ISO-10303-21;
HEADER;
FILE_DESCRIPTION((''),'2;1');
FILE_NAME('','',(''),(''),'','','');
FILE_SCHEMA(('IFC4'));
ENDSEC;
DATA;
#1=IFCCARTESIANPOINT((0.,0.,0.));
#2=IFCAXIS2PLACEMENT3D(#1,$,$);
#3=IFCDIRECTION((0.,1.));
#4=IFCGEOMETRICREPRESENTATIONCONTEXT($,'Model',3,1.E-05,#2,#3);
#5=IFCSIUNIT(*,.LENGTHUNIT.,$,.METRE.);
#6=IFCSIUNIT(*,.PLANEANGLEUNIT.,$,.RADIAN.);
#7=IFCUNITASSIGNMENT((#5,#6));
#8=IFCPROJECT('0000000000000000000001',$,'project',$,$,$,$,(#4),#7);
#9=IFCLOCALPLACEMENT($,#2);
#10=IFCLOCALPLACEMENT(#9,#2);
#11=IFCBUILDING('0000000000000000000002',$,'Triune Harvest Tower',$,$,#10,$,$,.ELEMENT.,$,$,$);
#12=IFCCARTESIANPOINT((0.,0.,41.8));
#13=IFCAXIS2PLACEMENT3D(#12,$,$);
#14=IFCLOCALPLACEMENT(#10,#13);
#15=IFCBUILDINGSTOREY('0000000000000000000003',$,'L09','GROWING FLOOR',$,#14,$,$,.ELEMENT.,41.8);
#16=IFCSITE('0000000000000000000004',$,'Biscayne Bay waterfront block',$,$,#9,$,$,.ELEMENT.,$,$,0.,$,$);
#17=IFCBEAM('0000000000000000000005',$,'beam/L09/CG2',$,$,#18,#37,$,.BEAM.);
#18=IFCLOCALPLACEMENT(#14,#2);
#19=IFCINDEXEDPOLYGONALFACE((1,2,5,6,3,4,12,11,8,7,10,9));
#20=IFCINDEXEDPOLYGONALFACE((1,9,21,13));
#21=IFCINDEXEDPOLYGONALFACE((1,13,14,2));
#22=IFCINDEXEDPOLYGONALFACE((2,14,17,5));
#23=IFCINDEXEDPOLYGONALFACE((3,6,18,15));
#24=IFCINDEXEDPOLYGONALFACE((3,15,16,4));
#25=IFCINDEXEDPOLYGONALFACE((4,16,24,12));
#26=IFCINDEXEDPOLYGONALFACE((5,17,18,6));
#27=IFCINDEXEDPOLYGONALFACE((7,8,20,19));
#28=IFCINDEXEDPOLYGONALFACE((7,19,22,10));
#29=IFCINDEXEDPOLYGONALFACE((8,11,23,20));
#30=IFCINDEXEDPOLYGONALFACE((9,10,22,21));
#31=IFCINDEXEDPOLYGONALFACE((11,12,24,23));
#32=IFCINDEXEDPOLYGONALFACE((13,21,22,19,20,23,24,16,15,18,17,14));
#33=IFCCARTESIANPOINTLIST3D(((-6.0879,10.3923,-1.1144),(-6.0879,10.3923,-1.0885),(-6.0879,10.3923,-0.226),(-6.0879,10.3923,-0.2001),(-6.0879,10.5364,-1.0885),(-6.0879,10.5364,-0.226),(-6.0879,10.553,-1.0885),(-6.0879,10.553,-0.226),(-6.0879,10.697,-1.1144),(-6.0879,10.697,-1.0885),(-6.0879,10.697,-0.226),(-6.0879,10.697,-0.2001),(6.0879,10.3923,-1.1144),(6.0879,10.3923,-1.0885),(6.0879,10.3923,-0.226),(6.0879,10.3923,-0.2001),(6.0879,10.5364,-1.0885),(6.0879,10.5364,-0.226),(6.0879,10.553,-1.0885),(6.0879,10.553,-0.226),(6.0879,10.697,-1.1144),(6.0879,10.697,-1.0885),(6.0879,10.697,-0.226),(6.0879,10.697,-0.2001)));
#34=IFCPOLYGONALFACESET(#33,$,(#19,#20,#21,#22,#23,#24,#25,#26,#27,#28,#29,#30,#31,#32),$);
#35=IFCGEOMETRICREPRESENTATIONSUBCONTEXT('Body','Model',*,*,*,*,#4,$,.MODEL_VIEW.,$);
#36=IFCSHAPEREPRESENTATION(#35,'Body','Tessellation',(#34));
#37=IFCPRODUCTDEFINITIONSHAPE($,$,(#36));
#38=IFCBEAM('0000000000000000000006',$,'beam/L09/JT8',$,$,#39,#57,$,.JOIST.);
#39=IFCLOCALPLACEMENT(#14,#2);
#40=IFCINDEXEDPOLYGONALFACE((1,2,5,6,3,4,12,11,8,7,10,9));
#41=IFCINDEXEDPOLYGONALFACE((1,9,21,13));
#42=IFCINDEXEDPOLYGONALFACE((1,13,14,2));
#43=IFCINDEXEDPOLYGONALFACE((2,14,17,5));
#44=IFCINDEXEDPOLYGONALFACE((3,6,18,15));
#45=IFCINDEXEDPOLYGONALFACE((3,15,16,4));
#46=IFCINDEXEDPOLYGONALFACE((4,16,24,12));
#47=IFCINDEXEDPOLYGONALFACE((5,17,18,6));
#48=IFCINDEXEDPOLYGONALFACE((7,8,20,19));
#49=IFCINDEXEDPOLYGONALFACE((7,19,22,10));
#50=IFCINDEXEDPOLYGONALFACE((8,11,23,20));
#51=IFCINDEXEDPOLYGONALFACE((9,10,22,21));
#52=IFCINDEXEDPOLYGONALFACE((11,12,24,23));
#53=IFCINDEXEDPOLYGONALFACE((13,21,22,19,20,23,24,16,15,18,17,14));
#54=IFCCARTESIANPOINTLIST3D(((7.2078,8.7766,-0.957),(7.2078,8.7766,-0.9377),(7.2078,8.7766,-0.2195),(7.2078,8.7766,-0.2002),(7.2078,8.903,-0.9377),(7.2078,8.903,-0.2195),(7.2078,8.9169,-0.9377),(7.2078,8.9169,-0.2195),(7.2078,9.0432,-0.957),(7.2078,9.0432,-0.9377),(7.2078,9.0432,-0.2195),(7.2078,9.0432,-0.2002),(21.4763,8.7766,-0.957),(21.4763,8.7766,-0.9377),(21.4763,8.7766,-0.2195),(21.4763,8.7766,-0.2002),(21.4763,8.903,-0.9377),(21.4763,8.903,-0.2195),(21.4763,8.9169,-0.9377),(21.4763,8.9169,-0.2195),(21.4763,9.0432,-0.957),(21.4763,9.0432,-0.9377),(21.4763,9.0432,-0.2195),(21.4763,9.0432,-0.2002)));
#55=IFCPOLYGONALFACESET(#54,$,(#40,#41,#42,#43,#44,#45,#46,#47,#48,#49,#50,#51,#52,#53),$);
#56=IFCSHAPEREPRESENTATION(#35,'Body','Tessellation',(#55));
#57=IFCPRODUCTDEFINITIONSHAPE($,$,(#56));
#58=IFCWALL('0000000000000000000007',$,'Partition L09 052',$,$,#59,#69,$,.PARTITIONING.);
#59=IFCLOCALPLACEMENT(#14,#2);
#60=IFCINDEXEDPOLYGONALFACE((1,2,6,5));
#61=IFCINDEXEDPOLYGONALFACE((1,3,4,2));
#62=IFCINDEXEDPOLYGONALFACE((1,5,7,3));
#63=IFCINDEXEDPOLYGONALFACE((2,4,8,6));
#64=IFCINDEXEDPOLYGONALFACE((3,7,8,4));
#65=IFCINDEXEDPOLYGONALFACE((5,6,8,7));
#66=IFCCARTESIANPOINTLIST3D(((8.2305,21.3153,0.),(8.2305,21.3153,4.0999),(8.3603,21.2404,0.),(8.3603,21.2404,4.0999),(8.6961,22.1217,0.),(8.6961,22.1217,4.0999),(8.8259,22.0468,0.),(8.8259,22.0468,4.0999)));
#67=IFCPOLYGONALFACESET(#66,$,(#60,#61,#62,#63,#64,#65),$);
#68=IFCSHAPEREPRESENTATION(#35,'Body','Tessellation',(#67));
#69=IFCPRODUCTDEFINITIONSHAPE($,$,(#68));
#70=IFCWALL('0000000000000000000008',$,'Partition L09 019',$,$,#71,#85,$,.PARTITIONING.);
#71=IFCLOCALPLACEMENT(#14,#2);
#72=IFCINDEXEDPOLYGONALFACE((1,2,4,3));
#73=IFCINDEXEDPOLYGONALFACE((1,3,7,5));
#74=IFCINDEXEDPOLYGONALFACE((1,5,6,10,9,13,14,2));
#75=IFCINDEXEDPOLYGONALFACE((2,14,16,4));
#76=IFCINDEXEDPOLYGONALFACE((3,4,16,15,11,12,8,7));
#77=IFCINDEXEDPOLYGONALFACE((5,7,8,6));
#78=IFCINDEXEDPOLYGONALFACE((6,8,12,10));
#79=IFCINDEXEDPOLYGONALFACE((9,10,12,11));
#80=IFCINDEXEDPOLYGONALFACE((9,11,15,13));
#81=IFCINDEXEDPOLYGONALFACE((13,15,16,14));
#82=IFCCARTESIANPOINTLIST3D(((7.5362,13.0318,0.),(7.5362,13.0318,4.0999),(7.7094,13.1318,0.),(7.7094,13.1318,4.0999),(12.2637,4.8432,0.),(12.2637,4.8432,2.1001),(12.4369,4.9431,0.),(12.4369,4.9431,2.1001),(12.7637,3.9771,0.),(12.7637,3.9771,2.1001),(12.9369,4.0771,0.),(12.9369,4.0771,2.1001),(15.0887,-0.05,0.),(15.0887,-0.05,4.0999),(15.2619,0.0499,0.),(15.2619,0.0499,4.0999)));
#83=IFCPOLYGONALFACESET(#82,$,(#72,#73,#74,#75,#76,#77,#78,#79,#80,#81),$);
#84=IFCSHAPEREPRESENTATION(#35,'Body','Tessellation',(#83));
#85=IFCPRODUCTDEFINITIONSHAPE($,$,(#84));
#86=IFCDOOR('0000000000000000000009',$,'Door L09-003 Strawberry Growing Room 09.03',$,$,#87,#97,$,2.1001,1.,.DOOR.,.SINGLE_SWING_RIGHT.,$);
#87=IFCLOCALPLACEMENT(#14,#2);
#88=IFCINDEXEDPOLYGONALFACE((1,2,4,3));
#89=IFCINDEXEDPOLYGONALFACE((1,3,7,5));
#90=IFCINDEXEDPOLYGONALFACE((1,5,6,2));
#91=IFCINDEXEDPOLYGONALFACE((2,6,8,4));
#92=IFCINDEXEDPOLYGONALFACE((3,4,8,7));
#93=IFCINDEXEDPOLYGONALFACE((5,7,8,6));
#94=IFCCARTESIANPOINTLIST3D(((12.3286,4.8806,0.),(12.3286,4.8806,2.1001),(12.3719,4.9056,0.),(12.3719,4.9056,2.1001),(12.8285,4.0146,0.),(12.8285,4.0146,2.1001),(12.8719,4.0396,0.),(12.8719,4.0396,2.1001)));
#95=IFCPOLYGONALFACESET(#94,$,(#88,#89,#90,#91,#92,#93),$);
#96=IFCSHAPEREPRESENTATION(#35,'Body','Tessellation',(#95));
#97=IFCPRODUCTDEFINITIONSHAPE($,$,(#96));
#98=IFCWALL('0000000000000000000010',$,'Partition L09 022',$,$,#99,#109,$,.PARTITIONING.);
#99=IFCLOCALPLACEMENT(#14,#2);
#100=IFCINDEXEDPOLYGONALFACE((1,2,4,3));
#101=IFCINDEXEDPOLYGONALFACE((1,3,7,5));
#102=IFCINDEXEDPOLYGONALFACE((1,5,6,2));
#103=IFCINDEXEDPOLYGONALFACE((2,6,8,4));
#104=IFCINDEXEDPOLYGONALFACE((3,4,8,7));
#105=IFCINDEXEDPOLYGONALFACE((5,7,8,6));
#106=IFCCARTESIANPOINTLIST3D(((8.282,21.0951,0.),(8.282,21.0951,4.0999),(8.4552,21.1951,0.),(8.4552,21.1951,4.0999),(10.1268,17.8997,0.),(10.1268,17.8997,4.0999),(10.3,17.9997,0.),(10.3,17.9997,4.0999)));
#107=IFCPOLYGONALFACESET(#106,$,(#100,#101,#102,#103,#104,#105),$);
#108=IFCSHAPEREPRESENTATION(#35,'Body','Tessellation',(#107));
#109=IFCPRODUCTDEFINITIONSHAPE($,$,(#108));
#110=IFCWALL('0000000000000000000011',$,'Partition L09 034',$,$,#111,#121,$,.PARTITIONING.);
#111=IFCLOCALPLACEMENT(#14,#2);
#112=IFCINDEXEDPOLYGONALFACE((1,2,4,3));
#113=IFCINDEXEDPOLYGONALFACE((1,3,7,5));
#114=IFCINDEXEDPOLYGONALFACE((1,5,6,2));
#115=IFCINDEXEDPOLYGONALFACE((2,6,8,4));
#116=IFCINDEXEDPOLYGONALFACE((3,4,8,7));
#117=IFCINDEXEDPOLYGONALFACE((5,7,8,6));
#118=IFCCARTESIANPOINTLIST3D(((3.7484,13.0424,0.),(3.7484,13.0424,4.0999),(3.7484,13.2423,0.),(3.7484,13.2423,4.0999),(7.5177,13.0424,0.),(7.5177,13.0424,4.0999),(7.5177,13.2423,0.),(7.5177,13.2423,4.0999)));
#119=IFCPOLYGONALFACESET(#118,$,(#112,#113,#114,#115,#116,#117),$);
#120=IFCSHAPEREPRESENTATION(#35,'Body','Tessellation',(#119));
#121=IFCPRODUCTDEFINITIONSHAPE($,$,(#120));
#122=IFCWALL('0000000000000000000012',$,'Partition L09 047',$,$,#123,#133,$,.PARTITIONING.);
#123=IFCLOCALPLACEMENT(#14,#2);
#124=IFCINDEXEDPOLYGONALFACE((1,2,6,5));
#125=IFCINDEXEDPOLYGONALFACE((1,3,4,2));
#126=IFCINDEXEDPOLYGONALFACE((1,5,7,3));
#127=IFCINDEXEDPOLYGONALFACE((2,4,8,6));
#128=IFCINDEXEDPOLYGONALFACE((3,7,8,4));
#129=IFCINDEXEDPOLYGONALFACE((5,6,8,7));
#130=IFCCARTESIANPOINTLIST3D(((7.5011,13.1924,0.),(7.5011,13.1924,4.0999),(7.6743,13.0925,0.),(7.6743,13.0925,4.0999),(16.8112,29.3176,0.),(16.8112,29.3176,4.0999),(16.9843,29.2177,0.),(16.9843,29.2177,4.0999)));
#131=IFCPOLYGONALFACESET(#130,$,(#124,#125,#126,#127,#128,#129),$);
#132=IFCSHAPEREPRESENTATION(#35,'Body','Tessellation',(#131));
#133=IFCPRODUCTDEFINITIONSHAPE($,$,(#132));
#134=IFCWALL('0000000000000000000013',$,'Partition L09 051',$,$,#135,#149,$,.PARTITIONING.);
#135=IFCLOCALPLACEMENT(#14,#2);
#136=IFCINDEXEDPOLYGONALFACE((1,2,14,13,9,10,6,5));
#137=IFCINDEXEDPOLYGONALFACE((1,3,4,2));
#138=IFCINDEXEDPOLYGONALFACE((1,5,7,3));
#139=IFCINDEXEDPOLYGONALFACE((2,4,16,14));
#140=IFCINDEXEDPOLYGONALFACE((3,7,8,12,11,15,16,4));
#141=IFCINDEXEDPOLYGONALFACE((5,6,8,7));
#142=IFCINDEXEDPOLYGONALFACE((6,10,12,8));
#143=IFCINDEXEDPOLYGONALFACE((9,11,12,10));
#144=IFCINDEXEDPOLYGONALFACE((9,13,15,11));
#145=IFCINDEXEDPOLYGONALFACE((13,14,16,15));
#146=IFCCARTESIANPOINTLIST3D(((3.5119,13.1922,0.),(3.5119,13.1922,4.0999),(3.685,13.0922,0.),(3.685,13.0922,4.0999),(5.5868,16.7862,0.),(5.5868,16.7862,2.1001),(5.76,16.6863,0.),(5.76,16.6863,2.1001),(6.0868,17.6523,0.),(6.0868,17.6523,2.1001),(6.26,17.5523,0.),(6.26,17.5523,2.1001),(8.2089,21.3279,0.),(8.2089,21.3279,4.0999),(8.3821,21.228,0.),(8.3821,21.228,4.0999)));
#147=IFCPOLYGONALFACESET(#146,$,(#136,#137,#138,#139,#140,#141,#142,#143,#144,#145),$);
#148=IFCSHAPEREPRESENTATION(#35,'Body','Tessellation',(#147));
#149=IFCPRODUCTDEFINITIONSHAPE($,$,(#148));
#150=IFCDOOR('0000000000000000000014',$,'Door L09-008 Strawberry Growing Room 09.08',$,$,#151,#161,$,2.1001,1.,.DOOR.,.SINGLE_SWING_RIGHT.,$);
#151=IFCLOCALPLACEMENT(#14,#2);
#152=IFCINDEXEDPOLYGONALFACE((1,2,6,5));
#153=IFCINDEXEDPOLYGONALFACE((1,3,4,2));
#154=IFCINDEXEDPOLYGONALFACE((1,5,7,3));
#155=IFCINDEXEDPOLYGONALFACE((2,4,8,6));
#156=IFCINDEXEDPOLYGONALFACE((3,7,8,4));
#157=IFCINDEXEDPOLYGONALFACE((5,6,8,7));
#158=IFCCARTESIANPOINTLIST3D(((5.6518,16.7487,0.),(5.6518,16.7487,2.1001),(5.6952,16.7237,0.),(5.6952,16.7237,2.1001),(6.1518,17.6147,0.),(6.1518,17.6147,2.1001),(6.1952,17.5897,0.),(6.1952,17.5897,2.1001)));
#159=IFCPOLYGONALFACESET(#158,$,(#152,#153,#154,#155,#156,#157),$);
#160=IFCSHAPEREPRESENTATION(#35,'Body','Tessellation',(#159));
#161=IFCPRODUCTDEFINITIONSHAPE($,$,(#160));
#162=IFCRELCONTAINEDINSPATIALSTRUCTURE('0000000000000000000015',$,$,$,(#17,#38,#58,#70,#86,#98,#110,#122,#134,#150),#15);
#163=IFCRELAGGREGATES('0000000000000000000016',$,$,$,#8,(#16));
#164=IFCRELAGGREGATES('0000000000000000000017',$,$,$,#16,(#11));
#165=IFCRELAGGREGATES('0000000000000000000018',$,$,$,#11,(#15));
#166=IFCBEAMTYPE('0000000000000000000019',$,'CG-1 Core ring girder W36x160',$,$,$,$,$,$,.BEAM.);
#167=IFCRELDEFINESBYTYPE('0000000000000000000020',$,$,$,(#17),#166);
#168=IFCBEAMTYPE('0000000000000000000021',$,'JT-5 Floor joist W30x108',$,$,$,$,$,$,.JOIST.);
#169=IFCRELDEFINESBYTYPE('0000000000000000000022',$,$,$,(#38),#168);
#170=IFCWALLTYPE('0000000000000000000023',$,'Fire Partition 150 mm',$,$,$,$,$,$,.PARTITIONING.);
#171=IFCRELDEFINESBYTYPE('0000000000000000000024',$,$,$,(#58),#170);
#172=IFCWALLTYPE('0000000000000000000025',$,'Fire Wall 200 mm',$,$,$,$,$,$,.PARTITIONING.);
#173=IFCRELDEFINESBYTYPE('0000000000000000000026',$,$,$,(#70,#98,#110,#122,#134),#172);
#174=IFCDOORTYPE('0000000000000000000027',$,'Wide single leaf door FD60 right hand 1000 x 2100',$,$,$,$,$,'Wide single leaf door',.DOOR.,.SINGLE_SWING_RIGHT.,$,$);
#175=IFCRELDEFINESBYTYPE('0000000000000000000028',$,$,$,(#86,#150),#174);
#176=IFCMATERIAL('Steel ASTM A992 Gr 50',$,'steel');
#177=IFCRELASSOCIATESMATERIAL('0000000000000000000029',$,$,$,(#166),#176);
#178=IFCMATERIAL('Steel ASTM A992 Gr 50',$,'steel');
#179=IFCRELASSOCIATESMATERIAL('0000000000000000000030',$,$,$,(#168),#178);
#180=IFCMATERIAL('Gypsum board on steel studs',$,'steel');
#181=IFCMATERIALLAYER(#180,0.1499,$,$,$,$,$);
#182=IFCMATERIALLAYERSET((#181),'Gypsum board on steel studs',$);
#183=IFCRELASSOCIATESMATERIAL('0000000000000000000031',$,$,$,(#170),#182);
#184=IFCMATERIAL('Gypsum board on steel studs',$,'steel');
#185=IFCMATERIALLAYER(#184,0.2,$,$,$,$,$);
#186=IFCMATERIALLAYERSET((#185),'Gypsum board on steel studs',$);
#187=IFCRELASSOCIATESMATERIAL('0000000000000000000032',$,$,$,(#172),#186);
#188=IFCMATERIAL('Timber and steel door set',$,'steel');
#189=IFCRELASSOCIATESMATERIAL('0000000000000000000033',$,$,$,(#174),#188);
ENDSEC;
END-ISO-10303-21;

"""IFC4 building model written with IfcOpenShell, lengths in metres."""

from ifc_helpers import new_model, si_unit, direction, frame, frame_2d, origin, origin_2d, place, context, subcontext, project, spatial, rectangle, i_section, extrude, source, transform, mapped, material, layer, layer_set, material_profile, profile_set, type_object, element, fill, save


model = new_model("IFC4")

# Units and contexts
model_context = context("Model", 3, precision=1e-05, world=origin(), true_north=direction((0.0, 1.0)))
body_context = subcontext(model_context, "Body", "Model", "MODEL_VIEW")
ifc_project = project(units=[si_unit("LENGTHUNIT", "METRE"), si_unit("PLANEANGLEUNIT", "RADIAN")], contexts=[model_context])

# Site, building, storey
site_placement = place(None, origin())
site = spatial("IfcSite", under=ifc_project, at=site_placement, Name="Biscayne Bay waterfront block", CompositionType="ELEMENT", RefElevation=0.0)
building_placement = place(site_placement, origin())
building = spatial("IfcBuilding", under=site, at=building_placement, Name="Triune Harvest Tower", CompositionType="ELEMENT")
storey_placement = place(building_placement, frame((0.0, 0.0, 41.8)))
storey = spatial("IfcBuildingStorey", under=building, at=storey_placement, Name="L09", Description="GROWING FLOOR", CompositionType="ELEMENT", Elevation=41.8)

# Beams
ifc_material_1 = material(Name="Steel ASTM A992 Gr 50", Category="steel")
ifc_material_profile_1 = material_profile(ifc_material_1, i_section(OverallWidth=0.3047, OverallDepth=0.9143, WebThickness=0.0166, FlangeThickness=0.0259, at=origin_2d()), Name="W36x160")
ifc_profile_set_1 = profile_set([ifc_material_profile_1], Name="Steel ASTM A992 Gr 50")
beam_type_1 = type_object("IfcBeamType", Name="CG-1 Core ring girder W36x160", PredefinedType="BEAM", material=ifc_profile_set_1)
shared_shape_1 = source(origin(), body_context, "Body", "SweptSolid", [
    extrude(i_section(OverallWidth=0.3047, OverallDepth=0.9143, WebThickness=0.0166, FlangeThickness=0.0259, at=origin_2d()), origin(), (0.0, 0.0, 1.0), 12.1758),
])
beam_1_placement = place(storey_placement, frame((6.0879, 10.5447, -0.6572), z_axis=(-1.0, 0.0, 0.0), x_axis=(0.0, -1.0, 0.0)))
element("IfcBeam", 1, at=beam_1_placement, inside=storey, type_object=beam_type_1, Name="beam/L09/CG2", PredefinedType="BEAM", context=body_context, shape_type="MappedRepresentation", body=[
    mapped(shared_shape_1, transform((0.0, 0.0, 0.0), scale=1.0)),
])
ifc_material_2 = material(Name="Steel ASTM A992 Gr 50", Category="steel")
ifc_material_profile_2 = material_profile(ifc_material_2, i_section(OverallWidth=0.2666, OverallDepth=0.7568, WebThickness=0.0139, FlangeThickness=0.0193, at=origin_2d()), Name="W30x108")
ifc_profile_set_2 = profile_set([ifc_material_profile_2], Name="Steel ASTM A992 Gr 50")
beam_type_2 = type_object("IfcBeamType", Name="JT-5 Floor joist W30x108", PredefinedType="JOIST", material=ifc_profile_set_2)
shared_shape_2 = source(origin(), body_context, "Body", "SweptSolid", [
    extrude(i_section(OverallWidth=0.2666, OverallDepth=0.7568, WebThickness=0.0139, FlangeThickness=0.0193, at=origin_2d()), origin(), (0.0, 0.0, 1.0), 14.2686),
])
beam_2_placement = place(storey_placement, frame((21.4763, 8.9099, -0.5786), z_axis=(-1.0, 0.0, 0.0), x_axis=(0.0, -1.0, 0.0)))
element("IfcBeam", 2, at=beam_2_placement, inside=storey, type_object=beam_type_2, Name="beam/L09/JT8", PredefinedType="JOIST", context=body_context, shape_type="MappedRepresentation", body=[
    mapped(shared_shape_2, transform((0.0, 0.0, 0.0), scale=1.0)),
])

# Wall
ifc_material_3 = material(Name="Gypsum board on steel studs", Category="steel")
ifc_layer_1 = layer(ifc_material_3, 0.1499)
ifc_layer_set_1 = layer_set([ifc_layer_1], Name="Gypsum board on steel studs")
wall_type_1 = type_object("IfcWallType", Name="Fire Partition 150 mm", PredefinedType="PARTITIONING", material=ifc_layer_set_1)
wall_1_placement = place(storey_placement, frame((8.2954, 21.2778, 0.0), z_axis=(0.0, 0.0, 1.0), x_axis=(0.500002, 0.866024, 0.0)))
element("IfcWall", 3, at=wall_1_placement, inside=storey, type_object=wall_type_1, Name="Partition L09 052", PredefinedType="PARTITIONING", context=body_context, shape_type="SweptSolid", body=[
    extrude(rectangle(XDim=0.9312, YDim=0.1499, at=frame_2d((0.4656, 0.0))), origin(), (0.0, 0.0, 1.0), 4.0999),
])

# Wall, opening, door
ifc_material_4 = material(Name="Gypsum board on steel studs", Category="steel")
ifc_layer_2 = layer(ifc_material_4, 0.2)
ifc_layer_set_2 = layer_set([ifc_layer_2], Name="Gypsum board on steel studs")
wall_type_2 = type_object("IfcWallType", Name="Fire Wall 200 mm", PredefinedType="PARTITIONING", material=ifc_layer_set_2)
wall_2_placement = place(storey_placement, frame((7.6228, 13.0818, 0.0), z_axis=(0.0, 0.0, 1.0), x_axis=(0.499986, -0.866034, 0.0)))
wall_2 = element("IfcWall", 4, at=wall_2_placement, inside=storey, type_object=wall_type_2, Name="Partition L09 019", PredefinedType="PARTITIONING", context=body_context, shape_type="SweptSolid", body=[
    extrude(rectangle(XDim=15.1055, YDim=0.2, at=frame_2d((7.5527, 0.0))), origin(), (0.0, 0.0, 1.0), 4.0999),
])
opening_1_placement = place(wall_2_placement, frame((9.4553, 0.0, 0.0)))
opening_1 = element("IfcOpeningElement", 5, at=opening_1_placement, cuts=wall_2, PredefinedType="OPENING", context=body_context, shape_type="SweptSolid", body=[
    extrude(rectangle(XDim=1.0, YDim=2.1001, at=frame_2d((0.5, 1.05))), frame((0.0, 0.1099, 0.0), z_axis=(0.0, -1.0, 0.0), x_axis=(1.0, 0.0, 0.0)), (0.0, 0.0, 1.0), 0.22),
])
ifc_material_5 = material(Name="Timber and steel door set", Category="steel")
door_type_1 = type_object("IfcDoorType", Name="Wide single leaf door FD60 right hand 1000 x 2100", ElementType="Wide single leaf door", OperationType="SINGLE_SWING_RIGHT", PredefinedType="DOOR", material=ifc_material_5)
door_1_placement = place(opening_1_placement, origin())
door_1 = element("IfcDoor", 6, at=door_1_placement, inside=storey, type_object=door_type_1, Name="Door L09-003 Strawberry Growing Room 09.03", OperationType="SINGLE_SWING_RIGHT", OverallHeight=2.1001, OverallWidth=1.0, PredefinedType="DOOR", context=body_context, shape_type="SweptSolid", body=[
    extrude(rectangle(XDim=1.0, YDim=2.1001, at=frame_2d((0.5, 1.05))), frame((0.0, 0.0249, 0.0), z_axis=(0.0, -1.0, 0.0), x_axis=(1.0, 0.0, 0.0)), (0.0, 0.0, 1.0), 0.05),
])
fill(opening_1, door_1)

# Walls
wall_3_placement = place(storey_placement, frame((8.3687, 21.145, 0.0), z_axis=(0.0, 0.0, 1.0), x_axis=(0.499982, -0.866036, 0.0)))
element("IfcWall", 7, at=wall_3_placement, inside=storey, type_object=wall_type_2, Name="Partition L09 022", PredefinedType="PARTITIONING", context=body_context, shape_type="SweptSolid", body=[
    extrude(rectangle(XDim=3.6897, YDim=0.2, at=frame_2d((1.8447, 0.0))), origin(), (0.0, 0.0, 1.0), 4.0999),
])
wall_4_placement = place(storey_placement, frame((3.7483, 13.1423, 0.0), z_axis=(0.0, 0.0, 1.0), x_axis=(1.0, 0.0, 0.0)))
element("IfcWall", 8, at=wall_4_placement, inside=storey, type_object=wall_type_2, Name="Partition L09 034", PredefinedType="PARTITIONING", context=body_context, shape_type="SweptSolid", body=[
    extrude(rectangle(XDim=3.7693, YDim=0.2, at=frame_2d((1.8848, 0.0))), origin(), (0.0, 0.0, 1.0), 4.0999),
])
wall_5_placement = place(storey_placement, frame((7.5876, 13.1423, 0.0), z_axis=(0.0, 0.0, 1.0), x_axis=(0.500006, 0.866022, 0.0)))
element("IfcWall", 9, at=wall_5_placement, inside=storey, type_object=wall_type_2, Name="Partition L09 047", PredefinedType="PARTITIONING", context=body_context, shape_type="SweptSolid", body=[
    extrude(rectangle(XDim=18.6199, YDim=0.2, at=frame_2d((9.3101, 0.0))), origin(), (0.0, 0.0, 1.0), 4.0999),
])

# Wall, opening, door
wall_6_placement = place(storey_placement, frame((3.5984, 13.1421, 0.0), z_axis=(0.0, 0.0, 1.0), x_axis=(0.499988, 0.866032, 0.0)))
wall_6 = element("IfcWall", 10, at=wall_6_placement, inside=storey, type_object=wall_type_2, Name="Partition L09 051", PredefinedType="PARTITIONING", context=body_context, shape_type="SweptSolid", body=[
    extrude(rectangle(XDim=9.3943, YDim=0.2, at=frame_2d((4.6973, 0.0))), origin(), (0.0, 0.0, 1.0), 4.0999),
])
opening_2_placement = place(wall_6_placement, frame((4.1501, 0.0, 0.0)))
opening_2 = element("IfcOpeningElement", 11, at=opening_2_placement, cuts=wall_6, PredefinedType="OPENING", context=body_context, shape_type="SweptSolid", body=[
    extrude(rectangle(XDim=1.0, YDim=2.1001, at=frame_2d((0.5, 1.05))), frame((0.0, 0.1099, 0.0), z_axis=(0.0, -1.0, 0.0), x_axis=(1.0, 0.0, 0.0)), (0.0, 0.0, 1.0), 0.22),
])
door_2_placement = place(opening_2_placement, origin())
door_2 = element("IfcDoor", 12, at=door_2_placement, inside=storey, type_object=door_type_1, Name="Door L09-008 Strawberry Growing Room 09.08", OperationType="SINGLE_SWING_RIGHT", OverallHeight=2.1001, OverallWidth=1.0, PredefinedType="DOOR", context=body_context, shape_type="SweptSolid", body=[
    extrude(rectangle(XDim=1.0, YDim=2.1001, at=frame_2d((0.5, 1.05))), frame((0.0, 0.0249, 0.0), z_axis=(0.0, -1.0, 0.0), x_axis=(1.0, 0.0, 0.0)), (0.0, 0.0, 1.0), 0.05),
])
fill(opening_2, door_2)

save(model, "model.ifc")
